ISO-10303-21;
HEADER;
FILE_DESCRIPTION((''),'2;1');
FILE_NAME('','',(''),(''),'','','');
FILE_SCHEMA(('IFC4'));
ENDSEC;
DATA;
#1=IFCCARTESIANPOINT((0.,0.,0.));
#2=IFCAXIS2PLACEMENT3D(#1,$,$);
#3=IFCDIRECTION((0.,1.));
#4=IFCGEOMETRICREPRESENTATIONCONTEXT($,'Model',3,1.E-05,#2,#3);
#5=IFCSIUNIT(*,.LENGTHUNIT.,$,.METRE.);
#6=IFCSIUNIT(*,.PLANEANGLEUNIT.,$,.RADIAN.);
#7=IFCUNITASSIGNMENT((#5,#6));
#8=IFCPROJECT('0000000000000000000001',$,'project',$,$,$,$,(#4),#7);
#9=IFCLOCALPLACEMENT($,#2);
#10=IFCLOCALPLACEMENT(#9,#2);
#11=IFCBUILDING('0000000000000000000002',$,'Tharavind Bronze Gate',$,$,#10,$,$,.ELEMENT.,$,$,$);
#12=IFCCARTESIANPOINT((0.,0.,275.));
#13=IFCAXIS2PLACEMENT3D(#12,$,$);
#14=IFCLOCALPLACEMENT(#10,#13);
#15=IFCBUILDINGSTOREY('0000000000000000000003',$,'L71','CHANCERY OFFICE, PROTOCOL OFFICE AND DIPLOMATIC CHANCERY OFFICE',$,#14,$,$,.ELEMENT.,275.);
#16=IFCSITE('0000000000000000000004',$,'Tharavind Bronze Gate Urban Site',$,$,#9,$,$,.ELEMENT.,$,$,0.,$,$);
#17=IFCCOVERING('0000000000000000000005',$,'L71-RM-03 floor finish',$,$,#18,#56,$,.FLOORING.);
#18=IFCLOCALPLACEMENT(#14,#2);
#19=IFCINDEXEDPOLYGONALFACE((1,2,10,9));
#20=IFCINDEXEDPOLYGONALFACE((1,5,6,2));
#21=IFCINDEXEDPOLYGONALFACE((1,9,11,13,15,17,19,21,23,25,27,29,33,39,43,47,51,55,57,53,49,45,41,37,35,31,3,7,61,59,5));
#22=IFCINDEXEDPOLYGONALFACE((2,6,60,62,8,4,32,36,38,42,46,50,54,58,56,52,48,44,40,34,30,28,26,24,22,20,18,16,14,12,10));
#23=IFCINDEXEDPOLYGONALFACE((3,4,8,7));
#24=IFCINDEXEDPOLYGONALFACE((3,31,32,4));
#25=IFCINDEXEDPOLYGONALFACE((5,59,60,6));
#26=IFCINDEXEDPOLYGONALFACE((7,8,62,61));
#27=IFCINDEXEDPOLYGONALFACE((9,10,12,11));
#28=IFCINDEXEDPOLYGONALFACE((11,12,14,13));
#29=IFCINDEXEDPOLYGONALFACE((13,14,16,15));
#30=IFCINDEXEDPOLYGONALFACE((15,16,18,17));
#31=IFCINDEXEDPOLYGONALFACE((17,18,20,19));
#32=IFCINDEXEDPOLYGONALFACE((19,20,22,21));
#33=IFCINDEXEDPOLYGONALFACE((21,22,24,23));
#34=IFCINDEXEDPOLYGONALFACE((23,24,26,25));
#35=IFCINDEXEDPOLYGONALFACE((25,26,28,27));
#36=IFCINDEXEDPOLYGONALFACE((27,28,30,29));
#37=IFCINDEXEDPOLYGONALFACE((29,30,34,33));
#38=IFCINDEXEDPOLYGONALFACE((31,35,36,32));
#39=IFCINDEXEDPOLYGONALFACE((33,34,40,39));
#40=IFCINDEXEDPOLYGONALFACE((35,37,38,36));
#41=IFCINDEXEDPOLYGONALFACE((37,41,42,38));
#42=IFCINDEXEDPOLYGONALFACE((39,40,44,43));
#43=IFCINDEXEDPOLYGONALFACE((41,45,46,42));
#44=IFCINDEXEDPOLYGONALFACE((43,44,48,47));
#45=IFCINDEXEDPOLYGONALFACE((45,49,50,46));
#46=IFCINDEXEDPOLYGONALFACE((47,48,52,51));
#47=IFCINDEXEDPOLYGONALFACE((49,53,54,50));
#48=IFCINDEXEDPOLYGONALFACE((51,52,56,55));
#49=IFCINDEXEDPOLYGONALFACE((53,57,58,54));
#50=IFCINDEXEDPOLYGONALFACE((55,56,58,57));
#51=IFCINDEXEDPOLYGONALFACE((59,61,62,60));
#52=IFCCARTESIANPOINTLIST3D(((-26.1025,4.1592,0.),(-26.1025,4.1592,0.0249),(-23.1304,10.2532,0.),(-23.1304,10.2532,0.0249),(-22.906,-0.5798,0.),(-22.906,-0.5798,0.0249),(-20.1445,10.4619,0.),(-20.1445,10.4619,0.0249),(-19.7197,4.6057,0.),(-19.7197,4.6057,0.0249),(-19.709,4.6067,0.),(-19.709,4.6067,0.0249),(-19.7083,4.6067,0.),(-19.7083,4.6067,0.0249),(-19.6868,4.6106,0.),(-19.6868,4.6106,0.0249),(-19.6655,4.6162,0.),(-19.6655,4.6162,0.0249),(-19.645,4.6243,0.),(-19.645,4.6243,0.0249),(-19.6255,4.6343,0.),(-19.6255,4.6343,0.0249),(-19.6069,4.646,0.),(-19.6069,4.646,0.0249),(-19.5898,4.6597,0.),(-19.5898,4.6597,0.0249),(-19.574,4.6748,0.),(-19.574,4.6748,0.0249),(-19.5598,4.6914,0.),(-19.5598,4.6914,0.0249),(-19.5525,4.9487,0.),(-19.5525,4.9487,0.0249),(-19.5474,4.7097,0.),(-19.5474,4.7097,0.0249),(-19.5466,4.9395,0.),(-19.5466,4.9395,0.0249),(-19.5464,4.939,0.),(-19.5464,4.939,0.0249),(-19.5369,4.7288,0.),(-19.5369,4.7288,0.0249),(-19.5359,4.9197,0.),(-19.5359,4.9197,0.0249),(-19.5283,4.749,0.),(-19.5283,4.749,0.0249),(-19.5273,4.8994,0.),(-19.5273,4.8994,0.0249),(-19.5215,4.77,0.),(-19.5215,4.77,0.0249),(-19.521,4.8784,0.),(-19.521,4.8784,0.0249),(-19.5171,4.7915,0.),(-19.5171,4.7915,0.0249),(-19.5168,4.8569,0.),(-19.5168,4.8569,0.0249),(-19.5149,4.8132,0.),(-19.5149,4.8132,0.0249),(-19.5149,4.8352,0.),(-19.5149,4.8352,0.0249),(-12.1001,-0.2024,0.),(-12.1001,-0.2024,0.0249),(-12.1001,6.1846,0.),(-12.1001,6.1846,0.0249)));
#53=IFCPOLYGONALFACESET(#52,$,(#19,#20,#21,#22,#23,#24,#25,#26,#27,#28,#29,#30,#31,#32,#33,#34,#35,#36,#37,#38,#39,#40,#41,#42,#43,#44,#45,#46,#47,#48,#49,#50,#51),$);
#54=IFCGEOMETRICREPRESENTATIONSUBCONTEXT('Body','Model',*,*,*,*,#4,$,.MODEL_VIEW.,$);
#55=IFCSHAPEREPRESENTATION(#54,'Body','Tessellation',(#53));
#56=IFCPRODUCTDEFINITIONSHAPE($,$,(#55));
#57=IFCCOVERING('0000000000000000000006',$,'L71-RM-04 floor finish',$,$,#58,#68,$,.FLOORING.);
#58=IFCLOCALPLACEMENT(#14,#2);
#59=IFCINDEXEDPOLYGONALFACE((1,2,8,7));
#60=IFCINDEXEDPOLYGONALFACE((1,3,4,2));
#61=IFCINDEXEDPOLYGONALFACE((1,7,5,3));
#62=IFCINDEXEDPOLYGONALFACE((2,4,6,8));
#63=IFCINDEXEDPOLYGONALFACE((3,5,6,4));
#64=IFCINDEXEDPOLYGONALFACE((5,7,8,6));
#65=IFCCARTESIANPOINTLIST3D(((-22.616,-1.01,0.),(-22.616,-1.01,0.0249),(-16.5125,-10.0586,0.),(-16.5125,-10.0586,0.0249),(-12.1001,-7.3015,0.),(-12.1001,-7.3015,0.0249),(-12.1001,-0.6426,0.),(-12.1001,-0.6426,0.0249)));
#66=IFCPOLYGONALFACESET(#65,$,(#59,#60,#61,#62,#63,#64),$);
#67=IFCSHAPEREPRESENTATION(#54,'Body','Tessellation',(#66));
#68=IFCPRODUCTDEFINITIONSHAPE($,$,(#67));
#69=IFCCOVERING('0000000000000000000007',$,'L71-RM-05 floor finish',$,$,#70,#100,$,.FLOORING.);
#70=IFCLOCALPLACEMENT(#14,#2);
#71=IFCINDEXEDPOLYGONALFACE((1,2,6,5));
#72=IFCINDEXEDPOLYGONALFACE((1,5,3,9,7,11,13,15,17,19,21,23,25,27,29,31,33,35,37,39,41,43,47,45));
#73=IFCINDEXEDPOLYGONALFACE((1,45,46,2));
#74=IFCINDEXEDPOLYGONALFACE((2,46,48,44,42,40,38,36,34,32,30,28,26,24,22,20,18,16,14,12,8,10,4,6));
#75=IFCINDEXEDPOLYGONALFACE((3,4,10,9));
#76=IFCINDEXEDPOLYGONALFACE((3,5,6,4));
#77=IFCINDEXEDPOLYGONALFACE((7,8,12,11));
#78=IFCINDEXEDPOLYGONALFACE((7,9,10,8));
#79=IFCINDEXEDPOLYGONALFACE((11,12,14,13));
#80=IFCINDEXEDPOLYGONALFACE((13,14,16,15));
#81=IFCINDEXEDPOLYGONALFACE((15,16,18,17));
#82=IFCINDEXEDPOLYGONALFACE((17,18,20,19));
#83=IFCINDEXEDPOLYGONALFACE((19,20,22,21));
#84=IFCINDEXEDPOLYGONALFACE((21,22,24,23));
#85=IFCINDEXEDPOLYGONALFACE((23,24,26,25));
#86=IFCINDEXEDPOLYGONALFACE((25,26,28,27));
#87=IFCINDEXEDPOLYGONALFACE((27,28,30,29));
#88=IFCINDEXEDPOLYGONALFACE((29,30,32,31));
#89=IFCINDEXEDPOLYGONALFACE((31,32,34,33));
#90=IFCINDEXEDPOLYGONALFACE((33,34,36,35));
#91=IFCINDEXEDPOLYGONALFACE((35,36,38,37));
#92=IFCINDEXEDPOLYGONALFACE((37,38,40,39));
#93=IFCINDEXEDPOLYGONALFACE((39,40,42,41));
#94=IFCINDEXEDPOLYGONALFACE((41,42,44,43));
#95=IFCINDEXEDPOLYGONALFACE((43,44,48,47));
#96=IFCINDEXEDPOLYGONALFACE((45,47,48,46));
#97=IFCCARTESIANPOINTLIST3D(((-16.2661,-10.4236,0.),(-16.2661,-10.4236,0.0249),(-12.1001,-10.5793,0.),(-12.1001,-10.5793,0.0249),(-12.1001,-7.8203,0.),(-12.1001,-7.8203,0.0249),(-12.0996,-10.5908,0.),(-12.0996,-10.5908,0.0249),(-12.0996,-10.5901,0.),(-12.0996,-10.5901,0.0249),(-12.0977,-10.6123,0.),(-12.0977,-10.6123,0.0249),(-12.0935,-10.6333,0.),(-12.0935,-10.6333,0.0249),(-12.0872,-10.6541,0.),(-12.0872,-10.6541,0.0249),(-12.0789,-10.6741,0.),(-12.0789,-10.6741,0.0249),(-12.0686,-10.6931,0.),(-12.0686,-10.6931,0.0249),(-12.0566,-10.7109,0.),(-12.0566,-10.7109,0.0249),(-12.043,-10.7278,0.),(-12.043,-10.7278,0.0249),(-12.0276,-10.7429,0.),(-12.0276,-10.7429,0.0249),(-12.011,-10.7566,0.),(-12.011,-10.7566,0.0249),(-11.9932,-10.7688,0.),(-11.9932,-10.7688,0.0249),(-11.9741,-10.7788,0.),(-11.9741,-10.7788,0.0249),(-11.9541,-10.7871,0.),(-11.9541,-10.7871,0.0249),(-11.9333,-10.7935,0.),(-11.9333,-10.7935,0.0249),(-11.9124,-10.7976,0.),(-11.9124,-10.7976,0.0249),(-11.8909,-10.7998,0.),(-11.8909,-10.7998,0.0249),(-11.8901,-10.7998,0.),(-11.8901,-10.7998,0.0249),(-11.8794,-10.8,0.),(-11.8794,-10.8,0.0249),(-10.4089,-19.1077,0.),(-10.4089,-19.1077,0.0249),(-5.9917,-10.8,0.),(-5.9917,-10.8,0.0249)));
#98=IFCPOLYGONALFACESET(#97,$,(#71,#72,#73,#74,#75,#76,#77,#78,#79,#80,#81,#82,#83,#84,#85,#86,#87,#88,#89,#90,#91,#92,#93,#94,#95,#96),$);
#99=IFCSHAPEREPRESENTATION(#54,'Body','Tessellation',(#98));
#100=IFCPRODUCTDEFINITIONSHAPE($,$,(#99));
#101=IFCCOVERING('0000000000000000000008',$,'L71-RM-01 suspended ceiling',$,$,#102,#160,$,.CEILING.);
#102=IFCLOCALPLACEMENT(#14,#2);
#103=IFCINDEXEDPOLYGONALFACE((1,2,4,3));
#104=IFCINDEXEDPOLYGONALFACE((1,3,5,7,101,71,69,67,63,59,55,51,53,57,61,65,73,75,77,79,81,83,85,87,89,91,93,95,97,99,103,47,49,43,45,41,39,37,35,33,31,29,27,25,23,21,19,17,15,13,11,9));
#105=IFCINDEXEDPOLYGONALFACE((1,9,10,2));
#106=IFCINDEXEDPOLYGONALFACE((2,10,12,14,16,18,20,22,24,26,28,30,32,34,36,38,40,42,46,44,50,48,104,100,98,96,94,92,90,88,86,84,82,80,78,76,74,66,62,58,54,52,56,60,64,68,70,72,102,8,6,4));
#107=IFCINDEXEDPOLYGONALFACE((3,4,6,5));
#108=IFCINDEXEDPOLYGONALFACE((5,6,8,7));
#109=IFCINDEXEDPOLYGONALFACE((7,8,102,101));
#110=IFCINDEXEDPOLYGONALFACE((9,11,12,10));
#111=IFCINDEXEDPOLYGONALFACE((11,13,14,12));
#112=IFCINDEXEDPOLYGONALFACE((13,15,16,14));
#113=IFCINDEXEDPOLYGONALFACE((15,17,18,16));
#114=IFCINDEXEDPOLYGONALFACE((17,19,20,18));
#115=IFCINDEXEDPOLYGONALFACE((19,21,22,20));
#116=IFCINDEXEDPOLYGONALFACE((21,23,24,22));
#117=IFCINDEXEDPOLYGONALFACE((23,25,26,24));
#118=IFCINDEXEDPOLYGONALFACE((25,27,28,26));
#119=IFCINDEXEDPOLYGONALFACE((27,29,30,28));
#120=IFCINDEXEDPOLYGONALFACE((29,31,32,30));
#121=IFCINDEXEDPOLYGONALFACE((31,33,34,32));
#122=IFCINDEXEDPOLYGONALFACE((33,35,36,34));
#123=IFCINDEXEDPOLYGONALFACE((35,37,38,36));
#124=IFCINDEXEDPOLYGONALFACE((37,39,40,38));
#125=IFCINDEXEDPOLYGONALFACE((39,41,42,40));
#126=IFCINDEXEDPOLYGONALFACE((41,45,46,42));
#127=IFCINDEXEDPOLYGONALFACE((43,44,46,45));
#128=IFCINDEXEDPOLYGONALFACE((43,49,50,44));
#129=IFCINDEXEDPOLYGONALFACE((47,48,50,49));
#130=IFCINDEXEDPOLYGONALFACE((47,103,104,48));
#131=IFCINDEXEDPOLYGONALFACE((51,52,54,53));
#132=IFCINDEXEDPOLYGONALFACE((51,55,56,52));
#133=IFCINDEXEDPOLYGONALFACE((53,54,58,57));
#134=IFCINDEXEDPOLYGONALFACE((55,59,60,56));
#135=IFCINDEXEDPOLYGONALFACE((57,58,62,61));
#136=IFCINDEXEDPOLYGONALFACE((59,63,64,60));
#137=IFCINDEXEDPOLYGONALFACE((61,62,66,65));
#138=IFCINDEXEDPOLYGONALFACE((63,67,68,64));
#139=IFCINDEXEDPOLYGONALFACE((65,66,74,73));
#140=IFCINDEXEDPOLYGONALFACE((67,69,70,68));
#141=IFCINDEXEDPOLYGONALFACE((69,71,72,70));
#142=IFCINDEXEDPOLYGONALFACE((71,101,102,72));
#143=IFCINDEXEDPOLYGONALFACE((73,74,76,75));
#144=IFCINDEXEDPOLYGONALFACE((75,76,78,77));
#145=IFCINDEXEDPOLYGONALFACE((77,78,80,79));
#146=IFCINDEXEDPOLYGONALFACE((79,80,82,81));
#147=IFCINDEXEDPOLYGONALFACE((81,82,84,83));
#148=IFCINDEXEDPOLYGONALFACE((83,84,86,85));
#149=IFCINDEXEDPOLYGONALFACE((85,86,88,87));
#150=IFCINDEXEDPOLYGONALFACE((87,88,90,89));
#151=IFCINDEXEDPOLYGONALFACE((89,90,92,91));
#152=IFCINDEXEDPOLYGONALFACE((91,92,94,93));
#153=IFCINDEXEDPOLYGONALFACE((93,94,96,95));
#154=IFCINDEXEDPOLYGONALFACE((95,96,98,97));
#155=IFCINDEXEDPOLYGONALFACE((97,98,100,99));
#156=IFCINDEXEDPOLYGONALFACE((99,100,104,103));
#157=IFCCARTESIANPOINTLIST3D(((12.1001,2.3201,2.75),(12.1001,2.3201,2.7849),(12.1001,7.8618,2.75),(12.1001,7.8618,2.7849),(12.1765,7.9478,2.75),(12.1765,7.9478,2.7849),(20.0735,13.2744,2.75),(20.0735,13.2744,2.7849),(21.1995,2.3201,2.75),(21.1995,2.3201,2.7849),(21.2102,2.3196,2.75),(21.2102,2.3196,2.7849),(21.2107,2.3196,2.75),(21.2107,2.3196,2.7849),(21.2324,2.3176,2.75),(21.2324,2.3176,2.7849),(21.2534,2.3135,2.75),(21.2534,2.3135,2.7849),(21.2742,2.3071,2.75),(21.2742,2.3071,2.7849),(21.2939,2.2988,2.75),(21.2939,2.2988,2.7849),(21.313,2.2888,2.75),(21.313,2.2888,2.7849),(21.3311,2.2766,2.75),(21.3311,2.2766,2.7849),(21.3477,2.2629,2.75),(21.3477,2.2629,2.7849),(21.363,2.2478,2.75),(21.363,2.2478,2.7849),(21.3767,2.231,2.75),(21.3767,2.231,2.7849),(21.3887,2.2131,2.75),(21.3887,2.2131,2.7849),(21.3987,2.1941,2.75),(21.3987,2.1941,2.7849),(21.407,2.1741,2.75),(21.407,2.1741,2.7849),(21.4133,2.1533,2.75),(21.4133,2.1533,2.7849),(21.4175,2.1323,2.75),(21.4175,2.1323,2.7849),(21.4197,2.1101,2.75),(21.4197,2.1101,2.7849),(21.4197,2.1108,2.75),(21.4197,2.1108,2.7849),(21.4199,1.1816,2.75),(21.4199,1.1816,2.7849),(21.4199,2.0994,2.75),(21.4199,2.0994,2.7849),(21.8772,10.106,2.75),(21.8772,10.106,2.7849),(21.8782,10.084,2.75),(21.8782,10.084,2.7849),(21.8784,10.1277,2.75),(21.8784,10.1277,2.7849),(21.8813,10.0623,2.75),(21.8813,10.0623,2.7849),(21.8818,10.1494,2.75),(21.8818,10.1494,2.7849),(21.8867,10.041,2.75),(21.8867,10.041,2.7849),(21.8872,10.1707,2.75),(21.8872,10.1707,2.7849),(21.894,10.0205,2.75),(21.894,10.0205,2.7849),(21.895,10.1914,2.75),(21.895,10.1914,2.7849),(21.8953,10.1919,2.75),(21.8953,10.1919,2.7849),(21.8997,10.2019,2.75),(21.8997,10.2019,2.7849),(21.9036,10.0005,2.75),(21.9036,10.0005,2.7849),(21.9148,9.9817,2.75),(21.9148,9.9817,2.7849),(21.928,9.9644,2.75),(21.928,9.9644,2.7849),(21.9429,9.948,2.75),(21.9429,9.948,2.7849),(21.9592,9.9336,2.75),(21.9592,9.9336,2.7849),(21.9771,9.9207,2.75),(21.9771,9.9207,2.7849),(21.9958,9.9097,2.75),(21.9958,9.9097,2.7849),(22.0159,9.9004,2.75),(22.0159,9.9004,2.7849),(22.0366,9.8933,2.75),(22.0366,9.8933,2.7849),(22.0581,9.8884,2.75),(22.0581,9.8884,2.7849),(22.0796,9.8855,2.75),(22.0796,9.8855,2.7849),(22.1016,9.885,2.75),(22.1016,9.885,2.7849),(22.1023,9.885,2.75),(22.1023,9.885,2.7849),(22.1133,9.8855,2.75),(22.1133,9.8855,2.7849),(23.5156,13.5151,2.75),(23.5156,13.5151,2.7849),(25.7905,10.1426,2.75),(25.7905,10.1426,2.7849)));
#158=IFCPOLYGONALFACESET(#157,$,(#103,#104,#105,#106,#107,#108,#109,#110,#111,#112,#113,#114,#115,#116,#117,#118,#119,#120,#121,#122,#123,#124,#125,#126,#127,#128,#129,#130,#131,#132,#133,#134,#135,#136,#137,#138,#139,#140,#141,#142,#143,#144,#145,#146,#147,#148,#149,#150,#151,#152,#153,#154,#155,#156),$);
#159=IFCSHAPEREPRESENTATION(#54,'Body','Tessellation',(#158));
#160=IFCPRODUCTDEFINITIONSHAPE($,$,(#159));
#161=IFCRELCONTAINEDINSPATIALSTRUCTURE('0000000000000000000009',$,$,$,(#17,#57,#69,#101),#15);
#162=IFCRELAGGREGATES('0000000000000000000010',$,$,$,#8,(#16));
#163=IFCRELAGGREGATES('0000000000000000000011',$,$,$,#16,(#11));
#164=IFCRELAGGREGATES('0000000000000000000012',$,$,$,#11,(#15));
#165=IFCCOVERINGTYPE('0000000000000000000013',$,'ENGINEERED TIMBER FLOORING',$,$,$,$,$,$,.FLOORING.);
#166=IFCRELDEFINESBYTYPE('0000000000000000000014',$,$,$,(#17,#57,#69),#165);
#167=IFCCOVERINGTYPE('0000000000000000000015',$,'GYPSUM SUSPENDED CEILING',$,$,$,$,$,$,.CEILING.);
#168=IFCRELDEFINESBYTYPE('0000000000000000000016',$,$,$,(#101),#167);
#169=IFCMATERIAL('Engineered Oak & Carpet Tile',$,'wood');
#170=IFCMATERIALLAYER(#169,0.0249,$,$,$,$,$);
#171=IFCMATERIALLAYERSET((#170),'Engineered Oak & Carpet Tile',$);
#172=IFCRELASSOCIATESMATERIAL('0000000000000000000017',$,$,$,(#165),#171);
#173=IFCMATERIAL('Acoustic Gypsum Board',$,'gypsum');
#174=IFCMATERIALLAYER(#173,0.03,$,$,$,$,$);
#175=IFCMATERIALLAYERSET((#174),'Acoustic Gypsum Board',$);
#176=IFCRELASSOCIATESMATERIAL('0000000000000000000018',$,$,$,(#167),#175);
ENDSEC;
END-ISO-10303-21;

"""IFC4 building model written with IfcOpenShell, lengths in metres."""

from ifc_helpers import new_model, si_unit, direction, frame, origin, place, context, subcontext, project, spatial, polyline, outline, extrude, material, layer, layer_set, type_object, element, save


model = new_model("IFC4")

# Units and contexts
model_context = context("Model", 3, precision=1e-05, world=origin(), true_north=direction((0.0, 1.0)))
body_context = subcontext(model_context, "Body", "Model", "MODEL_VIEW")
ifc_project = project(units=[si_unit("LENGTHUNIT", "METRE"), si_unit("PLANEANGLEUNIT", "RADIAN")], contexts=[model_context])

# Site, building, storey
site_placement = place(None, origin())
site = spatial("IfcSite", under=ifc_project, at=site_placement, Name="Tharavind Bronze Gate Urban Site", CompositionType="ELEMENT", RefElevation=0.0)
building_placement = place(site_placement, origin())
building = spatial("IfcBuilding", under=site, at=building_placement, Name="Tharavind Bronze Gate", CompositionType="ELEMENT")
storey_placement = place(building_placement, frame((0.0, 0.0, 275.0)))
storey = spatial("IfcBuildingStorey", under=building, at=storey_placement, Name="L71", Description="CHANCERY OFFICE, PROTOCOL OFFICE AND DIPLOMATIC CHANCERY OFFICE", CompositionType="ELEMENT", Elevation=275.0)

# Coverings
ifc_material_1 = material(Name="Engineered Oak & Carpet Tile", Category="wood")
ifc_layer_1 = layer(ifc_material_1, 0.0249)
ifc_layer_set_1 = layer_set([ifc_layer_1], Name="Engineered Oak & Carpet Tile")
covering_type_1 = type_object("IfcCoveringType", Name="ENGINEERED TIMBER FLOORING", PredefinedType="FLOORING", material=ifc_layer_set_1)
covering_1_placement = place(storey_placement, origin())
element("IfcCovering", 1, at=covering_1_placement, inside=storey, type_object=covering_type_1, Name="L71-RM-03 floor finish", PredefinedType="FLOORING", context=body_context, shape_type="SweptSolid", body=[
    extrude(outline(polyline([(-22.906, -0.5798), (-12.1001, -0.2024), (-12.1001, 6.1846), (-20.1445, 10.4619), (-23.1304, 10.2532), (-19.5525, 4.9487), (-19.5466, 4.9395), (-19.5464, 4.939), (-19.5359, 4.9197), (-19.5273, 4.8994), (-19.521, 4.8784), (-19.5168, 4.8569), (-19.5149, 4.8352), (-19.5149, 4.8132), (-19.5171, 4.7915), (-19.5215, 4.77), (-19.5283, 4.749), (-19.5369, 4.7288), (-19.5474, 4.7097), (-19.5598, 4.6914), (-19.574, 4.6748), (-19.5898, 4.6597), (-19.6069, 4.646), (-19.6255, 4.6343), (-19.645, 4.6243), (-19.6655, 4.6162), (-19.6868, 4.6106), (-19.7083, 4.6067), (-19.709, 4.6067), (-19.7197, 4.6057), (-26.1025, 4.1592), (-22.906, -0.5798)])), origin(), (0.0, 0.0, 1.0), 0.0249),
])
covering_2_placement = place(storey_placement, origin())
element("IfcCovering", 2, at=covering_2_placement, inside=storey, type_object=covering_type_1, Name="L71-RM-04 floor finish", PredefinedType="FLOORING", context=body_context, shape_type="SweptSolid", body=[
    extrude(outline(polyline([(-16.5125, -10.0586), (-12.1001, -7.3015), (-12.1001, -0.6426), (-22.616, -1.01), (-16.5125, -10.0586)])), origin(), (0.0, 0.0, 1.0), 0.0249),
])
covering_3_placement = place(storey_placement, origin())
element("IfcCovering", 3, at=covering_3_placement, inside=storey, type_object=covering_type_1, Name="L71-RM-05 floor finish", PredefinedType="FLOORING", context=body_context, shape_type="SweptSolid", body=[
    extrude(outline(polyline([(-10.4089, -19.1077), (-5.9917, -10.8), (-11.8794, -10.8), (-11.8901, -10.7998), (-11.8909, -10.7998), (-11.9124, -10.7976), (-11.9333, -10.7935), (-11.9541, -10.7871), (-11.9741, -10.7788), (-11.9932, -10.7688), (-12.011, -10.7566), (-12.0276, -10.7429), (-12.043, -10.7278), (-12.0566, -10.7109), (-12.0686, -10.6931), (-12.0789, -10.6741), (-12.0872, -10.6541), (-12.0935, -10.6333), (-12.0977, -10.6123), (-12.0996, -10.5908), (-12.0996, -10.5901), (-12.1001, -10.5793), (-12.1001, -7.8203), (-16.2661, -10.4236), (-10.4089, -19.1077)])), origin(), (0.0, 0.0, 1.0), 0.0249),
])
ifc_material_2 = material(Name="Acoustic Gypsum Board", Category="gypsum")
ifc_layer_2 = layer(ifc_material_2, 0.03)
ifc_layer_set_2 = layer_set([ifc_layer_2], Name="Acoustic Gypsum Board")
covering_type_2 = type_object("IfcCoveringType", Name="GYPSUM SUSPENDED CEILING", PredefinedType="CEILING", material=ifc_layer_set_2)
covering_4_placement = place(storey_placement, frame((0.0, 0.0, 2.75)))
element("IfcCovering", 4, at=covering_4_placement, inside=storey, type_object=covering_type_2, Name="L71-RM-01 suspended ceiling", PredefinedType="CEILING", context=body_context, shape_type="SweptSolid", body=[
    extrude(outline(polyline([(21.1995, 2.3201), (21.2102, 2.3196), (21.2107, 2.3196), (21.2324, 2.3176), (21.2534, 2.3135), (21.2742, 2.3071), (21.2939, 2.2988), (21.313, 2.2888), (21.3311, 2.2766), (21.3477, 2.2629), (21.363, 2.2478), (21.3767, 2.231), (21.3887, 2.2131), (21.3987, 2.1941), (21.407, 2.1741), (21.4133, 2.1533), (21.4175, 2.1323), (21.4197, 2.1108), (21.4197, 2.1101), (21.4199, 2.0994), (21.4199, 1.1816), (25.7905, 10.1426), (22.1133, 9.8855), (22.1023, 9.885), (22.1016, 9.885), (22.0796, 9.8855), (22.0581, 9.8884), (22.0366, 9.8933), (22.0159, 9.9004), (21.9958, 9.9097), (21.9771, 9.9207), (21.9592, 9.9336), (21.9429, 9.948), (21.928, 9.9644), (21.9148, 9.9817), (21.9036, 10.0005), (21.894, 10.0205), (21.8867, 10.041), (21.8813, 10.0623), (21.8782, 10.084), (21.8772, 10.106), (21.8784, 10.1277), (21.8818, 10.1494), (21.8872, 10.1707), (21.895, 10.1914), (21.8953, 10.1919), (21.8997, 10.2019), (23.5156, 13.5151), (20.0735, 13.2744), (12.1765, 7.9478), (12.1001, 7.8618), (12.1001, 2.3201), (21.1995, 2.3201)])), origin(), (0.0, 0.0, 1.0), 0.0349),
])

save(model, "model.ifc")
